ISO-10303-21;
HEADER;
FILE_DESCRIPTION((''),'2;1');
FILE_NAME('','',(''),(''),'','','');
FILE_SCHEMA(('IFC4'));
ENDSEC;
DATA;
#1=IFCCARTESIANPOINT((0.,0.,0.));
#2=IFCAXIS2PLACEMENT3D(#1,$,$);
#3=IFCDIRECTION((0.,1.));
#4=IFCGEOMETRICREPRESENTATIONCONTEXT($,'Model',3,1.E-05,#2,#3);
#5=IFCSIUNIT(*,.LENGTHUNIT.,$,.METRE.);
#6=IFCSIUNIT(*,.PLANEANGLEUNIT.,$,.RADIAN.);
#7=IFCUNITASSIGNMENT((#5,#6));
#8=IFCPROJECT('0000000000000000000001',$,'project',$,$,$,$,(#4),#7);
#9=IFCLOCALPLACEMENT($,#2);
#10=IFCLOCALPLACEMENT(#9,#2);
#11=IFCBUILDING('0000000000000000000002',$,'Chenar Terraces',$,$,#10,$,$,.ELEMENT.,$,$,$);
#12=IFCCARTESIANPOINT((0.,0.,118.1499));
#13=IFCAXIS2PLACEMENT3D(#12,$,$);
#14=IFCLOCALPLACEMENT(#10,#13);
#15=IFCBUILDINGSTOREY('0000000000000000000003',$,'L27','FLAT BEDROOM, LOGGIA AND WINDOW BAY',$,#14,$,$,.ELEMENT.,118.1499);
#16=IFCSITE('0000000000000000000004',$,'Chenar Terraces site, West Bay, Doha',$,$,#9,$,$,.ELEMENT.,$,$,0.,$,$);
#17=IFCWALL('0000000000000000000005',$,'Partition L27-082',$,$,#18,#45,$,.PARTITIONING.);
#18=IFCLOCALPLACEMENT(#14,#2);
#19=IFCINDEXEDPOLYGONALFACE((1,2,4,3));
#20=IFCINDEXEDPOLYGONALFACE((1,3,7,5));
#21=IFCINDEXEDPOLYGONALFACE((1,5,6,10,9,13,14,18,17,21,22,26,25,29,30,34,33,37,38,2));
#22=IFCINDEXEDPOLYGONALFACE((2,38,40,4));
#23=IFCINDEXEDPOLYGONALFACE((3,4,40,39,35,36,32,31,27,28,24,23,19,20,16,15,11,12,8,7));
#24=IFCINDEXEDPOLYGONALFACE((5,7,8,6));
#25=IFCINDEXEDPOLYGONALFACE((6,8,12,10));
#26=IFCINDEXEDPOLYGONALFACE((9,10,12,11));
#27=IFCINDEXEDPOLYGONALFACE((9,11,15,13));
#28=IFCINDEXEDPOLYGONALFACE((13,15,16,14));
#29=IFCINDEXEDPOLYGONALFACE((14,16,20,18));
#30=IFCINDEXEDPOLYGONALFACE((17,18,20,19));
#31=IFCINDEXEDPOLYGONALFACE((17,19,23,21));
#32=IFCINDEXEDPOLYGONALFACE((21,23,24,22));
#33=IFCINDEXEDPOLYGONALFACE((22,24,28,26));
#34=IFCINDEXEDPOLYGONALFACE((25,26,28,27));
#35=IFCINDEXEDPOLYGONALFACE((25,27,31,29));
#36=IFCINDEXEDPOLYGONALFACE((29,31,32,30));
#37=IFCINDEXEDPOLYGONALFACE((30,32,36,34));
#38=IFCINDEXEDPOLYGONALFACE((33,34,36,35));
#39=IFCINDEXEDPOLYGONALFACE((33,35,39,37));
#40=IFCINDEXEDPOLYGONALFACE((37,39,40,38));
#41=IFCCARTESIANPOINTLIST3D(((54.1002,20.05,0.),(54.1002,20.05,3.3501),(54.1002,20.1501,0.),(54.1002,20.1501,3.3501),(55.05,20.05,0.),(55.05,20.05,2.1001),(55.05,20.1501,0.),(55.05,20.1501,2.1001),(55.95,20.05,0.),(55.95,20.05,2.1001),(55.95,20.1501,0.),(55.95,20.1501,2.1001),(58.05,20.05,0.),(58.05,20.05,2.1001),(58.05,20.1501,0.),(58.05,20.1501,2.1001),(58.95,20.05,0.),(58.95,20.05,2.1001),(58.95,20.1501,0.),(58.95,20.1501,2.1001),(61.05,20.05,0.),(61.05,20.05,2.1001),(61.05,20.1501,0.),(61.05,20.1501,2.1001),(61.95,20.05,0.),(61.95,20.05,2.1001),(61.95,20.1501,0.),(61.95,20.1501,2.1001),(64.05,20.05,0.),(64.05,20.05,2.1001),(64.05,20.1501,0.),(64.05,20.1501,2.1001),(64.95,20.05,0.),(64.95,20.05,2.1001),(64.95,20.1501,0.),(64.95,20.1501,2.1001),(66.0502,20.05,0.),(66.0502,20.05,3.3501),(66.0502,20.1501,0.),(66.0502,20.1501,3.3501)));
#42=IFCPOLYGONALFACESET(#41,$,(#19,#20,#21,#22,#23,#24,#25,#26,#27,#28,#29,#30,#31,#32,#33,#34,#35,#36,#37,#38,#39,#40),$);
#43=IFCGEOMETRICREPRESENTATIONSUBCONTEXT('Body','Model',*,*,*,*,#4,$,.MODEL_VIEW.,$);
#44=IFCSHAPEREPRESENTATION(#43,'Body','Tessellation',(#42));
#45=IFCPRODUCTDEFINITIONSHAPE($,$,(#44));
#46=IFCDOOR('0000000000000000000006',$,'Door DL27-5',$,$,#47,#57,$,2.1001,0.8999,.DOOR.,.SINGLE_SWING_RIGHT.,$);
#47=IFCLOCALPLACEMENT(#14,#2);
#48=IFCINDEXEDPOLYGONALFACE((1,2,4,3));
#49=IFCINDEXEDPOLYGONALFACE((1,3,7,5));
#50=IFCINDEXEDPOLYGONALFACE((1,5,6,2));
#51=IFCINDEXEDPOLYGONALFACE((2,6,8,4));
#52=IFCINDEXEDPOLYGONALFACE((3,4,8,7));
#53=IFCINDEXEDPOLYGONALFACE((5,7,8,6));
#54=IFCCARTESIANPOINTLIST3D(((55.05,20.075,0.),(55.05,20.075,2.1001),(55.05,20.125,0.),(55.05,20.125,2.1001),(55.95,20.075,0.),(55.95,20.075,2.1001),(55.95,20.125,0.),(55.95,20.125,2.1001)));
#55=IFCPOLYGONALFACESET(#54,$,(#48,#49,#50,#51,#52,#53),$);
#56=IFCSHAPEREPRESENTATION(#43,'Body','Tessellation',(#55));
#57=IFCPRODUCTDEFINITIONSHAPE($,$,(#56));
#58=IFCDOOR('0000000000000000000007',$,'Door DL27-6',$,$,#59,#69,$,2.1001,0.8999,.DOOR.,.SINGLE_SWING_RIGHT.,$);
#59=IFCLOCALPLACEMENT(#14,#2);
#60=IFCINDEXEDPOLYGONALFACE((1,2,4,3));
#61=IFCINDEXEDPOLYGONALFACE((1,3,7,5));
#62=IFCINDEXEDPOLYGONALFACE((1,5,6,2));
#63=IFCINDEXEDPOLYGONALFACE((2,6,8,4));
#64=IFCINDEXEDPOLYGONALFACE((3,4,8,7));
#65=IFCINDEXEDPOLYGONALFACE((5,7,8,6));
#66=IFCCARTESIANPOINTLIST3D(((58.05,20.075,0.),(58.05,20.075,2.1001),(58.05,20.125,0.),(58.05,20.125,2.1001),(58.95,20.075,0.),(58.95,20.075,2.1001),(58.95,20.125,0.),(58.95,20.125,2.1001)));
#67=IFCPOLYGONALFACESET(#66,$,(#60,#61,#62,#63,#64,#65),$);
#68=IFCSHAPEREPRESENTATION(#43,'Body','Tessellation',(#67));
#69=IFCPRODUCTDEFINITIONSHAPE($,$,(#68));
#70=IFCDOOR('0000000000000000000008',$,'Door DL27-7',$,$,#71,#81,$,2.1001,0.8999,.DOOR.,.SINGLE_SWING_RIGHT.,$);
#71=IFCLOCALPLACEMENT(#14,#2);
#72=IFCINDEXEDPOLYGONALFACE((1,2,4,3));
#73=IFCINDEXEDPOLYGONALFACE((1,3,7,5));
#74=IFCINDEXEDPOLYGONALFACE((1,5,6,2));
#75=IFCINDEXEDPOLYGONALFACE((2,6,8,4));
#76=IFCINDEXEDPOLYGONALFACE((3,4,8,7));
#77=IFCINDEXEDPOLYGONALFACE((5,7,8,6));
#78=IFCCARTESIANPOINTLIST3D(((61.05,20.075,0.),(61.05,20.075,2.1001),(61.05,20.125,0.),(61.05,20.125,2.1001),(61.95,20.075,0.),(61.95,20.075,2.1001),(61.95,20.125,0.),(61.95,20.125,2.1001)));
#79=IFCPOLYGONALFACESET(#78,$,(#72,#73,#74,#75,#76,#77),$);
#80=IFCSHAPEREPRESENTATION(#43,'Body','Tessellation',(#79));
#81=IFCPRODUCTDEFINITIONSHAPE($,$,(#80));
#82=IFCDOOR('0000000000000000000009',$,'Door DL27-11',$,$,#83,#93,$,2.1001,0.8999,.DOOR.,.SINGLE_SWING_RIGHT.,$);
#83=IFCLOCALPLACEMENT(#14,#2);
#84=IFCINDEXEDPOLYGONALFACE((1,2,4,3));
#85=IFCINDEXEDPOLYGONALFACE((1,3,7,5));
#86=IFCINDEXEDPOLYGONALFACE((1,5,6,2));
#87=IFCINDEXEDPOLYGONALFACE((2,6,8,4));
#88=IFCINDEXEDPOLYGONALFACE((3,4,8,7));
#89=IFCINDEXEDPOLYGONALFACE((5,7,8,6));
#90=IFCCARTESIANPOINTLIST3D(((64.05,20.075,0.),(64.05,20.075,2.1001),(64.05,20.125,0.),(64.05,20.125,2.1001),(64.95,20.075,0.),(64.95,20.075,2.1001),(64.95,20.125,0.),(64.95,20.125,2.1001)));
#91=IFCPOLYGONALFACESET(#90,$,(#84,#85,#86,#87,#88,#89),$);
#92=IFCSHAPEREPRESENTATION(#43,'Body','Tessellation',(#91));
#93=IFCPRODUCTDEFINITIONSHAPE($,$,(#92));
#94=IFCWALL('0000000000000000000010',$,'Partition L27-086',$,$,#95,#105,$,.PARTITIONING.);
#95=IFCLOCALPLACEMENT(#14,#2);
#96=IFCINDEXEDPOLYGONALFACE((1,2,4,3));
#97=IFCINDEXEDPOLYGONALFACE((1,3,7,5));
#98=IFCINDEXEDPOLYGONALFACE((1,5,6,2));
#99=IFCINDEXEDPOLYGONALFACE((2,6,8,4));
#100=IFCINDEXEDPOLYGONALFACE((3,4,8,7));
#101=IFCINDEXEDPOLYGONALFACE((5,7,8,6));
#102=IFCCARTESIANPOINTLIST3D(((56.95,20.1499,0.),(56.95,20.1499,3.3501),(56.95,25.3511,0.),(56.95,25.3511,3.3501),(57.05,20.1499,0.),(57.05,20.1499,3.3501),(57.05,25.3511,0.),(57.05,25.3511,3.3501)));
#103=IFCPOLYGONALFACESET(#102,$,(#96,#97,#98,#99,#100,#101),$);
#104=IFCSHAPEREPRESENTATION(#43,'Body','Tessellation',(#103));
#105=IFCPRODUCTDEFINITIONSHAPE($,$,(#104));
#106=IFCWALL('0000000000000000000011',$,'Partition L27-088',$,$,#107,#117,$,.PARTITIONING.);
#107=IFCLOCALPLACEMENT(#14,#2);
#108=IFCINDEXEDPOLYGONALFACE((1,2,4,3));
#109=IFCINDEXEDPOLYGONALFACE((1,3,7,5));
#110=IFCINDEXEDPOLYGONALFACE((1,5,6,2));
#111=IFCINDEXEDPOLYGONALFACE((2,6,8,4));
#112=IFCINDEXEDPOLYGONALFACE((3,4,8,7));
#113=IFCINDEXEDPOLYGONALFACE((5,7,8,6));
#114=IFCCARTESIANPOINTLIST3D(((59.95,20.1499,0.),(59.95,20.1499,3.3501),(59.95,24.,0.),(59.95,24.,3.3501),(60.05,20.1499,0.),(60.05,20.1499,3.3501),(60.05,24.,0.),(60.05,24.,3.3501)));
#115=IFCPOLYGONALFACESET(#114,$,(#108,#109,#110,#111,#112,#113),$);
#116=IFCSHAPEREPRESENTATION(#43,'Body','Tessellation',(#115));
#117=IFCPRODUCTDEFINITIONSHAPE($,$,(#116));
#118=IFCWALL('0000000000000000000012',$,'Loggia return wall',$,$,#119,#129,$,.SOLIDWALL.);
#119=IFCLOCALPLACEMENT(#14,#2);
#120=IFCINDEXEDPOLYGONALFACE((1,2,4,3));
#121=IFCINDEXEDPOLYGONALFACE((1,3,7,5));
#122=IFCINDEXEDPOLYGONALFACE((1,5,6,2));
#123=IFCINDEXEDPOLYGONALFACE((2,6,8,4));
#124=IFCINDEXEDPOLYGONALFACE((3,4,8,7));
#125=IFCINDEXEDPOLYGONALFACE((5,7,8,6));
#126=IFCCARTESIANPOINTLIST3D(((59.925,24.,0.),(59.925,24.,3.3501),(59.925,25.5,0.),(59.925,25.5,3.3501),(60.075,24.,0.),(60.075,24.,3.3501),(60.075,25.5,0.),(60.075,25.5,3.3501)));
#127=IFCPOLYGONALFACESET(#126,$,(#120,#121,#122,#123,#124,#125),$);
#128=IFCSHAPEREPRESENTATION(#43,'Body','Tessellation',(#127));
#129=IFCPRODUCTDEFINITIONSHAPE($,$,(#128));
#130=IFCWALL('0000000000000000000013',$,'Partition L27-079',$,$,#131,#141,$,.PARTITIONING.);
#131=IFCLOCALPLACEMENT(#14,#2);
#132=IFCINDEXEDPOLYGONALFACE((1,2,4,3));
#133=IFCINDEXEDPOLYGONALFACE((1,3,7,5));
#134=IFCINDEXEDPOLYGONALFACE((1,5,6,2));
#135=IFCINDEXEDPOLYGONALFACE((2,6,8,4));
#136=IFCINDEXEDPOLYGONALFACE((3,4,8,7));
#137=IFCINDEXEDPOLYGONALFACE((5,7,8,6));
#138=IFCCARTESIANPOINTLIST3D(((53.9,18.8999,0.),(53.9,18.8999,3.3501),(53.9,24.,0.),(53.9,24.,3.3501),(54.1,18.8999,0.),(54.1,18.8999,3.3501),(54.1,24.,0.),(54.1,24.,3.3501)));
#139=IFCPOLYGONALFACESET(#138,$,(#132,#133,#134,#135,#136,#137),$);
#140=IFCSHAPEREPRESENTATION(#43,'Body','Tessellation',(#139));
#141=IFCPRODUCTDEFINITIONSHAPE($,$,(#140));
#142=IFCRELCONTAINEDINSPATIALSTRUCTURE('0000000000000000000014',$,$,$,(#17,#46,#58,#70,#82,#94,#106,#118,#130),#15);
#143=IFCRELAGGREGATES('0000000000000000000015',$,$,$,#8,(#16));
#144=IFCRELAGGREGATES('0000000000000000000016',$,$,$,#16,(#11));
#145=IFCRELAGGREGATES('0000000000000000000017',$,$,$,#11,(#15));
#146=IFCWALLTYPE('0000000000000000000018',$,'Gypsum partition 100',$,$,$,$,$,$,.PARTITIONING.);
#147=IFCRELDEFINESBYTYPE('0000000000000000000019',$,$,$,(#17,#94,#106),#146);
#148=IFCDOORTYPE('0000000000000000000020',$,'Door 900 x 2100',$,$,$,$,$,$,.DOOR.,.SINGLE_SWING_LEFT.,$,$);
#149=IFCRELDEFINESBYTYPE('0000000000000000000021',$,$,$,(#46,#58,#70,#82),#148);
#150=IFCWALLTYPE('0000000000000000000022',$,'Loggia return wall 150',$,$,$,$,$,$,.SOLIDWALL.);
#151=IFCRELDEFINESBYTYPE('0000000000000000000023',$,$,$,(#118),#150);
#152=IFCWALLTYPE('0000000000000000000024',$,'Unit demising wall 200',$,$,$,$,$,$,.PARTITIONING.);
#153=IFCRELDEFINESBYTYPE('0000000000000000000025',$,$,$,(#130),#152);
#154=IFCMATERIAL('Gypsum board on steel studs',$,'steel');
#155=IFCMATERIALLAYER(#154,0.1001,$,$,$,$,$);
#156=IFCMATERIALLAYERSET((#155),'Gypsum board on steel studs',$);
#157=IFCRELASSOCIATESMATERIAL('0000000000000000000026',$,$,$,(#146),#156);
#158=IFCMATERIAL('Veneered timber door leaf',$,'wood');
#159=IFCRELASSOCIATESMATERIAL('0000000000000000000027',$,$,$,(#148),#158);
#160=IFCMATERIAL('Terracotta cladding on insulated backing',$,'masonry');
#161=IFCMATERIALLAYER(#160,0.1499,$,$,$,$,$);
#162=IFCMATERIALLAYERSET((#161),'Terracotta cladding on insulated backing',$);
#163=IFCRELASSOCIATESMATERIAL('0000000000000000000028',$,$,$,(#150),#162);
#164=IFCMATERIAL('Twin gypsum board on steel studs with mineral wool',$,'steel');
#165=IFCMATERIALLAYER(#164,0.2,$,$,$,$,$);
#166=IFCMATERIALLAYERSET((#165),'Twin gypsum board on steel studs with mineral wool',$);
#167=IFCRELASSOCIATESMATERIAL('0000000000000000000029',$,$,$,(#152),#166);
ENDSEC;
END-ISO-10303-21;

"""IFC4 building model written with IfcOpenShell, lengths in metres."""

from ifc_helpers import new_model, si_unit, direction, frame, frame_2d, origin, place, context, subcontext, project, spatial, rectangle, extrude, material, layer, layer_set, type_object, element, fill, save


model = new_model("IFC4")

# Units and contexts
model_context = context("Model", 3, precision=1e-05, world=origin(), true_north=direction((0.0, 1.0)))
body_context = subcontext(model_context, "Body", "Model", "MODEL_VIEW")
ifc_project = project(units=[si_unit("LENGTHUNIT", "METRE"), si_unit("PLANEANGLEUNIT", "RADIAN")], contexts=[model_context])

# Site, building, storey
site_placement = place(None, origin())
site = spatial("IfcSite", under=ifc_project, at=site_placement, Name="Chenar Terraces site, West Bay, Doha", CompositionType="ELEMENT", RefElevation=0.0)
building_placement = place(site_placement, origin())
building = spatial("IfcBuilding", under=site, at=building_placement, Name="Chenar Terraces", CompositionType="ELEMENT")
storey_placement = place(building_placement, frame((0.0, 0.0, 118.1499)))
storey = spatial("IfcBuildingStorey", under=building, at=storey_placement, Name="L27", Description="FLAT BEDROOM, LOGGIA AND WINDOW BAY", CompositionType="ELEMENT", Elevation=118.1499)

# Wall, openings, doors
ifc_material_1 = material(Name="Gypsum board on steel studs", Category="steel")
ifc_layer_1 = layer(ifc_material_1, 0.1001)
ifc_layer_set_1 = layer_set([ifc_layer_1], Name="Gypsum board on steel studs")
wall_type_1 = type_object("IfcWallType", Name="Gypsum partition 100", PredefinedType="PARTITIONING", material=ifc_layer_set_1)
wall_1_placement = place(storey_placement, frame((54.1001, 20.1001, 0.0), z_axis=(0.0, 0.0, 1.0), x_axis=(1.0, 0.0, 0.0)))
wall_1 = element("IfcWall", 1, at=wall_1_placement, inside=storey, type_object=wall_type_1, Name="Partition L27-082", PredefinedType="PARTITIONING", context=body_context, shape_type="SweptSolid", body=[
    extrude(rectangle(XDim=11.95, YDim=0.1001, at=frame_2d((5.9751, 0.0))), origin(), (0.0, 0.0, 1.0), 3.3501),
])
opening_1_placement = place(wall_1_placement, frame((0.95, 0.0, 0.0)))
opening_1 = element("IfcOpeningElement", 2, at=opening_1_placement, cuts=wall_1, PredefinedType="OPENING", context=body_context, shape_type="SweptSolid", body=[
    extrude(rectangle(XDim=0.8999, YDim=2.1001, at=frame_2d((0.45, 1.05))), frame((0.0, 0.0601, 0.0), z_axis=(0.0, -1.0, 0.0), x_axis=(1.0, 0.0, 0.0)), (0.0, 0.0, 1.0), 0.1201),
])
opening_2_placement = place(wall_1_placement, frame((3.95, 0.0, 0.0)))
opening_2 = element("IfcOpeningElement", 3, at=opening_2_placement, cuts=wall_1, PredefinedType="OPENING", context=body_context, shape_type="SweptSolid", body=[
    extrude(rectangle(XDim=0.8999, YDim=2.1001, at=frame_2d((0.45, 1.05))), frame((0.0, 0.0601, 0.0), z_axis=(0.0, -1.0, 0.0), x_axis=(1.0, 0.0, 0.0)), (0.0, 0.0, 1.0), 0.1201),
])
opening_3_placement = place(wall_1_placement, frame((6.95, 0.0, 0.0)))
opening_3 = element("IfcOpeningElement", 4, at=opening_3_placement, cuts=wall_1, PredefinedType="OPENING", context=body_context, shape_type="SweptSolid", body=[
    extrude(rectangle(XDim=0.8999, YDim=2.1001, at=frame_2d((0.45, 1.05))), frame((0.0, 0.0601, 0.0), z_axis=(0.0, -1.0, 0.0), x_axis=(1.0, 0.0, 0.0)), (0.0, 0.0, 1.0), 0.1201),
])
opening_4_placement = place(wall_1_placement, frame((9.95, 0.0, 0.0)))
opening_4 = element("IfcOpeningElement", 5, at=opening_4_placement, cuts=wall_1, PredefinedType="OPENING", context=body_context, shape_type="SweptSolid", body=[
    extrude(rectangle(XDim=0.8999, YDim=2.1001, at=frame_2d((0.45, 1.05))), frame((0.0, 0.0601, 0.0), z_axis=(0.0, -1.0, 0.0), x_axis=(1.0, 0.0, 0.0)), (0.0, 0.0, 1.0), 0.1201),
])
ifc_material_2 = material(Name="Veneered timber door leaf", Category="wood")
door_type_1 = type_object("IfcDoorType", Name="Door 900 x 2100", OperationType="SINGLE_SWING_LEFT", PredefinedType="DOOR", material=ifc_material_2)
door_1_placement = place(opening_1_placement, origin())
door_1 = element("IfcDoor", 6, at=door_1_placement, inside=storey, type_object=door_type_1, Name="Door DL27-5", OperationType="SINGLE_SWING_RIGHT", OverallHeight=2.1001, OverallWidth=0.8999, PredefinedType="DOOR", context=body_context, shape_type="SweptSolid", body=[
    extrude(rectangle(XDim=0.8999, YDim=2.1001, at=frame_2d((0.45, 1.05))), frame((0.0, 0.0249, 0.0), z_axis=(0.0, -1.0, 0.0), x_axis=(1.0, 0.0, 0.0)), (0.0, 0.0, 1.0), 0.05),
])
fill(opening_1, door_1)
door_2_placement = place(opening_2_placement, origin())
door_2 = element("IfcDoor", 7, at=door_2_placement, inside=storey, type_object=door_type_1, Name="Door DL27-6", OperationType="SINGLE_SWING_RIGHT", OverallHeight=2.1001, OverallWidth=0.8999, PredefinedType="DOOR", context=body_context, shape_type="SweptSolid", body=[
    extrude(rectangle(XDim=0.8999, YDim=2.1001, at=frame_2d((0.45, 1.05))), frame((0.0, 0.0249, 0.0), z_axis=(0.0, -1.0, 0.0), x_axis=(1.0, 0.0, 0.0)), (0.0, 0.0, 1.0), 0.05),
])
fill(opening_2, door_2)
door_3_placement = place(opening_3_placement, origin())
door_3 = element("IfcDoor", 8, at=door_3_placement, inside=storey, type_object=door_type_1, Name="Door DL27-7", OperationType="SINGLE_SWING_RIGHT", OverallHeight=2.1001, OverallWidth=0.8999, PredefinedType="DOOR", context=body_context, shape_type="SweptSolid", body=[
    extrude(rectangle(XDim=0.8999, YDim=2.1001, at=frame_2d((0.45, 1.05))), frame((0.0, 0.0249, 0.0), z_axis=(0.0, -1.0, 0.0), x_axis=(1.0, 0.0, 0.0)), (0.0, 0.0, 1.0), 0.05),
])
fill(opening_3, door_3)
door_4_placement = place(opening_4_placement, origin())
door_4 = element("IfcDoor", 9, at=door_4_placement, inside=storey, type_object=door_type_1, Name="Door DL27-11", OperationType="SINGLE_SWING_RIGHT", OverallHeight=2.1001, OverallWidth=0.8999, PredefinedType="DOOR", context=body_context, shape_type="SweptSolid", body=[
    extrude(rectangle(XDim=0.8999, YDim=2.1001, at=frame_2d((0.45, 1.05))), frame((0.0, 0.0249, 0.0), z_axis=(0.0, -1.0, 0.0), x_axis=(1.0, 0.0, 0.0)), (0.0, 0.0, 1.0), 0.05),
])
fill(opening_4, door_4)

# Walls
wall_2_placement = place(storey_placement, frame((57.0, 20.1499, 0.0), z_axis=(0.0, 0.0, 1.0), x_axis=(0.0, 1.0, 0.0)))
element("IfcWall", 10, at=wall_2_placement, inside=storey, type_object=wall_type_1, Name="Partition L27-086", PredefinedType="PARTITIONING", context=body_context, shape_type="SweptSolid", body=[
    extrude(rectangle(XDim=5.2012, YDim=0.1001, at=frame_2d((2.6006, 0.0))), origin(), (0.0, 0.0, 1.0), 3.3501),
])
wall_3_placement = place(storey_placement, frame((60.0, 20.1499, 0.0), z_axis=(0.0, 0.0, 1.0), x_axis=(0.0, 1.0, 0.0)))
element("IfcWall", 11, at=wall_3_placement, inside=storey, type_object=wall_type_1, Name="Partition L27-088", PredefinedType="PARTITIONING", context=body_context, shape_type="SweptSolid", body=[
    extrude(rectangle(XDim=3.8501, YDim=0.1001, at=frame_2d((1.925, 0.0))), origin(), (0.0, 0.0, 1.0), 3.3501),
])
ifc_material_3 = material(Name="Terracotta cladding on insulated backing", Category="masonry")
ifc_layer_2 = layer(ifc_material_3, 0.1499)
ifc_layer_set_2 = layer_set([ifc_layer_2], Name="Terracotta cladding on insulated backing")
wall_type_2 = type_object("IfcWallType", Name="Loggia return wall 150", PredefinedType="SOLIDWALL", material=ifc_layer_set_2)
wall_4_placement = place(storey_placement, frame((60.0, 25.5, 0.0), z_axis=(0.0, 0.0, 1.0), x_axis=(0.0, -1.0, 0.0)))
element("IfcWall", 12, at=wall_4_placement, inside=storey, type_object=wall_type_2, Name="Loggia return wall", PredefinedType="SOLIDWALL", context=body_context, shape_type="SweptSolid", body=[
    extrude(rectangle(XDim=1.5, YDim=0.1499, at=frame_2d((0.75, 0.0))), origin(), (0.0, 0.0, 1.0), 3.3501),
])
ifc_material_4 = material(Name="Twin gypsum board on steel studs with mineral wool", Category="steel")
ifc_layer_3 = layer(ifc_material_4, 0.2)
ifc_layer_set_3 = layer_set([ifc_layer_3], Name="Twin gypsum board on steel studs with mineral wool")
wall_type_3 = type_object("IfcWallType", Name="Unit demising wall 200", PredefinedType="PARTITIONING", material=ifc_layer_set_3)
wall_5_placement = place(storey_placement, frame((54.0, 18.8999, 0.0), z_axis=(0.0, 0.0, 1.0), x_axis=(0.0, 1.0, 0.0)))
element("IfcWall", 13, at=wall_5_placement, inside=storey, type_object=wall_type_3, Name="Partition L27-079", PredefinedType="PARTITIONING", context=body_context, shape_type="SweptSolid", body=[
    extrude(rectangle(XDim=5.1001, YDim=0.2, at=frame_2d((2.55, 0.0))), origin(), (0.0, 0.0, 1.0), 3.3501),
])

save(model, "model.ifc")
